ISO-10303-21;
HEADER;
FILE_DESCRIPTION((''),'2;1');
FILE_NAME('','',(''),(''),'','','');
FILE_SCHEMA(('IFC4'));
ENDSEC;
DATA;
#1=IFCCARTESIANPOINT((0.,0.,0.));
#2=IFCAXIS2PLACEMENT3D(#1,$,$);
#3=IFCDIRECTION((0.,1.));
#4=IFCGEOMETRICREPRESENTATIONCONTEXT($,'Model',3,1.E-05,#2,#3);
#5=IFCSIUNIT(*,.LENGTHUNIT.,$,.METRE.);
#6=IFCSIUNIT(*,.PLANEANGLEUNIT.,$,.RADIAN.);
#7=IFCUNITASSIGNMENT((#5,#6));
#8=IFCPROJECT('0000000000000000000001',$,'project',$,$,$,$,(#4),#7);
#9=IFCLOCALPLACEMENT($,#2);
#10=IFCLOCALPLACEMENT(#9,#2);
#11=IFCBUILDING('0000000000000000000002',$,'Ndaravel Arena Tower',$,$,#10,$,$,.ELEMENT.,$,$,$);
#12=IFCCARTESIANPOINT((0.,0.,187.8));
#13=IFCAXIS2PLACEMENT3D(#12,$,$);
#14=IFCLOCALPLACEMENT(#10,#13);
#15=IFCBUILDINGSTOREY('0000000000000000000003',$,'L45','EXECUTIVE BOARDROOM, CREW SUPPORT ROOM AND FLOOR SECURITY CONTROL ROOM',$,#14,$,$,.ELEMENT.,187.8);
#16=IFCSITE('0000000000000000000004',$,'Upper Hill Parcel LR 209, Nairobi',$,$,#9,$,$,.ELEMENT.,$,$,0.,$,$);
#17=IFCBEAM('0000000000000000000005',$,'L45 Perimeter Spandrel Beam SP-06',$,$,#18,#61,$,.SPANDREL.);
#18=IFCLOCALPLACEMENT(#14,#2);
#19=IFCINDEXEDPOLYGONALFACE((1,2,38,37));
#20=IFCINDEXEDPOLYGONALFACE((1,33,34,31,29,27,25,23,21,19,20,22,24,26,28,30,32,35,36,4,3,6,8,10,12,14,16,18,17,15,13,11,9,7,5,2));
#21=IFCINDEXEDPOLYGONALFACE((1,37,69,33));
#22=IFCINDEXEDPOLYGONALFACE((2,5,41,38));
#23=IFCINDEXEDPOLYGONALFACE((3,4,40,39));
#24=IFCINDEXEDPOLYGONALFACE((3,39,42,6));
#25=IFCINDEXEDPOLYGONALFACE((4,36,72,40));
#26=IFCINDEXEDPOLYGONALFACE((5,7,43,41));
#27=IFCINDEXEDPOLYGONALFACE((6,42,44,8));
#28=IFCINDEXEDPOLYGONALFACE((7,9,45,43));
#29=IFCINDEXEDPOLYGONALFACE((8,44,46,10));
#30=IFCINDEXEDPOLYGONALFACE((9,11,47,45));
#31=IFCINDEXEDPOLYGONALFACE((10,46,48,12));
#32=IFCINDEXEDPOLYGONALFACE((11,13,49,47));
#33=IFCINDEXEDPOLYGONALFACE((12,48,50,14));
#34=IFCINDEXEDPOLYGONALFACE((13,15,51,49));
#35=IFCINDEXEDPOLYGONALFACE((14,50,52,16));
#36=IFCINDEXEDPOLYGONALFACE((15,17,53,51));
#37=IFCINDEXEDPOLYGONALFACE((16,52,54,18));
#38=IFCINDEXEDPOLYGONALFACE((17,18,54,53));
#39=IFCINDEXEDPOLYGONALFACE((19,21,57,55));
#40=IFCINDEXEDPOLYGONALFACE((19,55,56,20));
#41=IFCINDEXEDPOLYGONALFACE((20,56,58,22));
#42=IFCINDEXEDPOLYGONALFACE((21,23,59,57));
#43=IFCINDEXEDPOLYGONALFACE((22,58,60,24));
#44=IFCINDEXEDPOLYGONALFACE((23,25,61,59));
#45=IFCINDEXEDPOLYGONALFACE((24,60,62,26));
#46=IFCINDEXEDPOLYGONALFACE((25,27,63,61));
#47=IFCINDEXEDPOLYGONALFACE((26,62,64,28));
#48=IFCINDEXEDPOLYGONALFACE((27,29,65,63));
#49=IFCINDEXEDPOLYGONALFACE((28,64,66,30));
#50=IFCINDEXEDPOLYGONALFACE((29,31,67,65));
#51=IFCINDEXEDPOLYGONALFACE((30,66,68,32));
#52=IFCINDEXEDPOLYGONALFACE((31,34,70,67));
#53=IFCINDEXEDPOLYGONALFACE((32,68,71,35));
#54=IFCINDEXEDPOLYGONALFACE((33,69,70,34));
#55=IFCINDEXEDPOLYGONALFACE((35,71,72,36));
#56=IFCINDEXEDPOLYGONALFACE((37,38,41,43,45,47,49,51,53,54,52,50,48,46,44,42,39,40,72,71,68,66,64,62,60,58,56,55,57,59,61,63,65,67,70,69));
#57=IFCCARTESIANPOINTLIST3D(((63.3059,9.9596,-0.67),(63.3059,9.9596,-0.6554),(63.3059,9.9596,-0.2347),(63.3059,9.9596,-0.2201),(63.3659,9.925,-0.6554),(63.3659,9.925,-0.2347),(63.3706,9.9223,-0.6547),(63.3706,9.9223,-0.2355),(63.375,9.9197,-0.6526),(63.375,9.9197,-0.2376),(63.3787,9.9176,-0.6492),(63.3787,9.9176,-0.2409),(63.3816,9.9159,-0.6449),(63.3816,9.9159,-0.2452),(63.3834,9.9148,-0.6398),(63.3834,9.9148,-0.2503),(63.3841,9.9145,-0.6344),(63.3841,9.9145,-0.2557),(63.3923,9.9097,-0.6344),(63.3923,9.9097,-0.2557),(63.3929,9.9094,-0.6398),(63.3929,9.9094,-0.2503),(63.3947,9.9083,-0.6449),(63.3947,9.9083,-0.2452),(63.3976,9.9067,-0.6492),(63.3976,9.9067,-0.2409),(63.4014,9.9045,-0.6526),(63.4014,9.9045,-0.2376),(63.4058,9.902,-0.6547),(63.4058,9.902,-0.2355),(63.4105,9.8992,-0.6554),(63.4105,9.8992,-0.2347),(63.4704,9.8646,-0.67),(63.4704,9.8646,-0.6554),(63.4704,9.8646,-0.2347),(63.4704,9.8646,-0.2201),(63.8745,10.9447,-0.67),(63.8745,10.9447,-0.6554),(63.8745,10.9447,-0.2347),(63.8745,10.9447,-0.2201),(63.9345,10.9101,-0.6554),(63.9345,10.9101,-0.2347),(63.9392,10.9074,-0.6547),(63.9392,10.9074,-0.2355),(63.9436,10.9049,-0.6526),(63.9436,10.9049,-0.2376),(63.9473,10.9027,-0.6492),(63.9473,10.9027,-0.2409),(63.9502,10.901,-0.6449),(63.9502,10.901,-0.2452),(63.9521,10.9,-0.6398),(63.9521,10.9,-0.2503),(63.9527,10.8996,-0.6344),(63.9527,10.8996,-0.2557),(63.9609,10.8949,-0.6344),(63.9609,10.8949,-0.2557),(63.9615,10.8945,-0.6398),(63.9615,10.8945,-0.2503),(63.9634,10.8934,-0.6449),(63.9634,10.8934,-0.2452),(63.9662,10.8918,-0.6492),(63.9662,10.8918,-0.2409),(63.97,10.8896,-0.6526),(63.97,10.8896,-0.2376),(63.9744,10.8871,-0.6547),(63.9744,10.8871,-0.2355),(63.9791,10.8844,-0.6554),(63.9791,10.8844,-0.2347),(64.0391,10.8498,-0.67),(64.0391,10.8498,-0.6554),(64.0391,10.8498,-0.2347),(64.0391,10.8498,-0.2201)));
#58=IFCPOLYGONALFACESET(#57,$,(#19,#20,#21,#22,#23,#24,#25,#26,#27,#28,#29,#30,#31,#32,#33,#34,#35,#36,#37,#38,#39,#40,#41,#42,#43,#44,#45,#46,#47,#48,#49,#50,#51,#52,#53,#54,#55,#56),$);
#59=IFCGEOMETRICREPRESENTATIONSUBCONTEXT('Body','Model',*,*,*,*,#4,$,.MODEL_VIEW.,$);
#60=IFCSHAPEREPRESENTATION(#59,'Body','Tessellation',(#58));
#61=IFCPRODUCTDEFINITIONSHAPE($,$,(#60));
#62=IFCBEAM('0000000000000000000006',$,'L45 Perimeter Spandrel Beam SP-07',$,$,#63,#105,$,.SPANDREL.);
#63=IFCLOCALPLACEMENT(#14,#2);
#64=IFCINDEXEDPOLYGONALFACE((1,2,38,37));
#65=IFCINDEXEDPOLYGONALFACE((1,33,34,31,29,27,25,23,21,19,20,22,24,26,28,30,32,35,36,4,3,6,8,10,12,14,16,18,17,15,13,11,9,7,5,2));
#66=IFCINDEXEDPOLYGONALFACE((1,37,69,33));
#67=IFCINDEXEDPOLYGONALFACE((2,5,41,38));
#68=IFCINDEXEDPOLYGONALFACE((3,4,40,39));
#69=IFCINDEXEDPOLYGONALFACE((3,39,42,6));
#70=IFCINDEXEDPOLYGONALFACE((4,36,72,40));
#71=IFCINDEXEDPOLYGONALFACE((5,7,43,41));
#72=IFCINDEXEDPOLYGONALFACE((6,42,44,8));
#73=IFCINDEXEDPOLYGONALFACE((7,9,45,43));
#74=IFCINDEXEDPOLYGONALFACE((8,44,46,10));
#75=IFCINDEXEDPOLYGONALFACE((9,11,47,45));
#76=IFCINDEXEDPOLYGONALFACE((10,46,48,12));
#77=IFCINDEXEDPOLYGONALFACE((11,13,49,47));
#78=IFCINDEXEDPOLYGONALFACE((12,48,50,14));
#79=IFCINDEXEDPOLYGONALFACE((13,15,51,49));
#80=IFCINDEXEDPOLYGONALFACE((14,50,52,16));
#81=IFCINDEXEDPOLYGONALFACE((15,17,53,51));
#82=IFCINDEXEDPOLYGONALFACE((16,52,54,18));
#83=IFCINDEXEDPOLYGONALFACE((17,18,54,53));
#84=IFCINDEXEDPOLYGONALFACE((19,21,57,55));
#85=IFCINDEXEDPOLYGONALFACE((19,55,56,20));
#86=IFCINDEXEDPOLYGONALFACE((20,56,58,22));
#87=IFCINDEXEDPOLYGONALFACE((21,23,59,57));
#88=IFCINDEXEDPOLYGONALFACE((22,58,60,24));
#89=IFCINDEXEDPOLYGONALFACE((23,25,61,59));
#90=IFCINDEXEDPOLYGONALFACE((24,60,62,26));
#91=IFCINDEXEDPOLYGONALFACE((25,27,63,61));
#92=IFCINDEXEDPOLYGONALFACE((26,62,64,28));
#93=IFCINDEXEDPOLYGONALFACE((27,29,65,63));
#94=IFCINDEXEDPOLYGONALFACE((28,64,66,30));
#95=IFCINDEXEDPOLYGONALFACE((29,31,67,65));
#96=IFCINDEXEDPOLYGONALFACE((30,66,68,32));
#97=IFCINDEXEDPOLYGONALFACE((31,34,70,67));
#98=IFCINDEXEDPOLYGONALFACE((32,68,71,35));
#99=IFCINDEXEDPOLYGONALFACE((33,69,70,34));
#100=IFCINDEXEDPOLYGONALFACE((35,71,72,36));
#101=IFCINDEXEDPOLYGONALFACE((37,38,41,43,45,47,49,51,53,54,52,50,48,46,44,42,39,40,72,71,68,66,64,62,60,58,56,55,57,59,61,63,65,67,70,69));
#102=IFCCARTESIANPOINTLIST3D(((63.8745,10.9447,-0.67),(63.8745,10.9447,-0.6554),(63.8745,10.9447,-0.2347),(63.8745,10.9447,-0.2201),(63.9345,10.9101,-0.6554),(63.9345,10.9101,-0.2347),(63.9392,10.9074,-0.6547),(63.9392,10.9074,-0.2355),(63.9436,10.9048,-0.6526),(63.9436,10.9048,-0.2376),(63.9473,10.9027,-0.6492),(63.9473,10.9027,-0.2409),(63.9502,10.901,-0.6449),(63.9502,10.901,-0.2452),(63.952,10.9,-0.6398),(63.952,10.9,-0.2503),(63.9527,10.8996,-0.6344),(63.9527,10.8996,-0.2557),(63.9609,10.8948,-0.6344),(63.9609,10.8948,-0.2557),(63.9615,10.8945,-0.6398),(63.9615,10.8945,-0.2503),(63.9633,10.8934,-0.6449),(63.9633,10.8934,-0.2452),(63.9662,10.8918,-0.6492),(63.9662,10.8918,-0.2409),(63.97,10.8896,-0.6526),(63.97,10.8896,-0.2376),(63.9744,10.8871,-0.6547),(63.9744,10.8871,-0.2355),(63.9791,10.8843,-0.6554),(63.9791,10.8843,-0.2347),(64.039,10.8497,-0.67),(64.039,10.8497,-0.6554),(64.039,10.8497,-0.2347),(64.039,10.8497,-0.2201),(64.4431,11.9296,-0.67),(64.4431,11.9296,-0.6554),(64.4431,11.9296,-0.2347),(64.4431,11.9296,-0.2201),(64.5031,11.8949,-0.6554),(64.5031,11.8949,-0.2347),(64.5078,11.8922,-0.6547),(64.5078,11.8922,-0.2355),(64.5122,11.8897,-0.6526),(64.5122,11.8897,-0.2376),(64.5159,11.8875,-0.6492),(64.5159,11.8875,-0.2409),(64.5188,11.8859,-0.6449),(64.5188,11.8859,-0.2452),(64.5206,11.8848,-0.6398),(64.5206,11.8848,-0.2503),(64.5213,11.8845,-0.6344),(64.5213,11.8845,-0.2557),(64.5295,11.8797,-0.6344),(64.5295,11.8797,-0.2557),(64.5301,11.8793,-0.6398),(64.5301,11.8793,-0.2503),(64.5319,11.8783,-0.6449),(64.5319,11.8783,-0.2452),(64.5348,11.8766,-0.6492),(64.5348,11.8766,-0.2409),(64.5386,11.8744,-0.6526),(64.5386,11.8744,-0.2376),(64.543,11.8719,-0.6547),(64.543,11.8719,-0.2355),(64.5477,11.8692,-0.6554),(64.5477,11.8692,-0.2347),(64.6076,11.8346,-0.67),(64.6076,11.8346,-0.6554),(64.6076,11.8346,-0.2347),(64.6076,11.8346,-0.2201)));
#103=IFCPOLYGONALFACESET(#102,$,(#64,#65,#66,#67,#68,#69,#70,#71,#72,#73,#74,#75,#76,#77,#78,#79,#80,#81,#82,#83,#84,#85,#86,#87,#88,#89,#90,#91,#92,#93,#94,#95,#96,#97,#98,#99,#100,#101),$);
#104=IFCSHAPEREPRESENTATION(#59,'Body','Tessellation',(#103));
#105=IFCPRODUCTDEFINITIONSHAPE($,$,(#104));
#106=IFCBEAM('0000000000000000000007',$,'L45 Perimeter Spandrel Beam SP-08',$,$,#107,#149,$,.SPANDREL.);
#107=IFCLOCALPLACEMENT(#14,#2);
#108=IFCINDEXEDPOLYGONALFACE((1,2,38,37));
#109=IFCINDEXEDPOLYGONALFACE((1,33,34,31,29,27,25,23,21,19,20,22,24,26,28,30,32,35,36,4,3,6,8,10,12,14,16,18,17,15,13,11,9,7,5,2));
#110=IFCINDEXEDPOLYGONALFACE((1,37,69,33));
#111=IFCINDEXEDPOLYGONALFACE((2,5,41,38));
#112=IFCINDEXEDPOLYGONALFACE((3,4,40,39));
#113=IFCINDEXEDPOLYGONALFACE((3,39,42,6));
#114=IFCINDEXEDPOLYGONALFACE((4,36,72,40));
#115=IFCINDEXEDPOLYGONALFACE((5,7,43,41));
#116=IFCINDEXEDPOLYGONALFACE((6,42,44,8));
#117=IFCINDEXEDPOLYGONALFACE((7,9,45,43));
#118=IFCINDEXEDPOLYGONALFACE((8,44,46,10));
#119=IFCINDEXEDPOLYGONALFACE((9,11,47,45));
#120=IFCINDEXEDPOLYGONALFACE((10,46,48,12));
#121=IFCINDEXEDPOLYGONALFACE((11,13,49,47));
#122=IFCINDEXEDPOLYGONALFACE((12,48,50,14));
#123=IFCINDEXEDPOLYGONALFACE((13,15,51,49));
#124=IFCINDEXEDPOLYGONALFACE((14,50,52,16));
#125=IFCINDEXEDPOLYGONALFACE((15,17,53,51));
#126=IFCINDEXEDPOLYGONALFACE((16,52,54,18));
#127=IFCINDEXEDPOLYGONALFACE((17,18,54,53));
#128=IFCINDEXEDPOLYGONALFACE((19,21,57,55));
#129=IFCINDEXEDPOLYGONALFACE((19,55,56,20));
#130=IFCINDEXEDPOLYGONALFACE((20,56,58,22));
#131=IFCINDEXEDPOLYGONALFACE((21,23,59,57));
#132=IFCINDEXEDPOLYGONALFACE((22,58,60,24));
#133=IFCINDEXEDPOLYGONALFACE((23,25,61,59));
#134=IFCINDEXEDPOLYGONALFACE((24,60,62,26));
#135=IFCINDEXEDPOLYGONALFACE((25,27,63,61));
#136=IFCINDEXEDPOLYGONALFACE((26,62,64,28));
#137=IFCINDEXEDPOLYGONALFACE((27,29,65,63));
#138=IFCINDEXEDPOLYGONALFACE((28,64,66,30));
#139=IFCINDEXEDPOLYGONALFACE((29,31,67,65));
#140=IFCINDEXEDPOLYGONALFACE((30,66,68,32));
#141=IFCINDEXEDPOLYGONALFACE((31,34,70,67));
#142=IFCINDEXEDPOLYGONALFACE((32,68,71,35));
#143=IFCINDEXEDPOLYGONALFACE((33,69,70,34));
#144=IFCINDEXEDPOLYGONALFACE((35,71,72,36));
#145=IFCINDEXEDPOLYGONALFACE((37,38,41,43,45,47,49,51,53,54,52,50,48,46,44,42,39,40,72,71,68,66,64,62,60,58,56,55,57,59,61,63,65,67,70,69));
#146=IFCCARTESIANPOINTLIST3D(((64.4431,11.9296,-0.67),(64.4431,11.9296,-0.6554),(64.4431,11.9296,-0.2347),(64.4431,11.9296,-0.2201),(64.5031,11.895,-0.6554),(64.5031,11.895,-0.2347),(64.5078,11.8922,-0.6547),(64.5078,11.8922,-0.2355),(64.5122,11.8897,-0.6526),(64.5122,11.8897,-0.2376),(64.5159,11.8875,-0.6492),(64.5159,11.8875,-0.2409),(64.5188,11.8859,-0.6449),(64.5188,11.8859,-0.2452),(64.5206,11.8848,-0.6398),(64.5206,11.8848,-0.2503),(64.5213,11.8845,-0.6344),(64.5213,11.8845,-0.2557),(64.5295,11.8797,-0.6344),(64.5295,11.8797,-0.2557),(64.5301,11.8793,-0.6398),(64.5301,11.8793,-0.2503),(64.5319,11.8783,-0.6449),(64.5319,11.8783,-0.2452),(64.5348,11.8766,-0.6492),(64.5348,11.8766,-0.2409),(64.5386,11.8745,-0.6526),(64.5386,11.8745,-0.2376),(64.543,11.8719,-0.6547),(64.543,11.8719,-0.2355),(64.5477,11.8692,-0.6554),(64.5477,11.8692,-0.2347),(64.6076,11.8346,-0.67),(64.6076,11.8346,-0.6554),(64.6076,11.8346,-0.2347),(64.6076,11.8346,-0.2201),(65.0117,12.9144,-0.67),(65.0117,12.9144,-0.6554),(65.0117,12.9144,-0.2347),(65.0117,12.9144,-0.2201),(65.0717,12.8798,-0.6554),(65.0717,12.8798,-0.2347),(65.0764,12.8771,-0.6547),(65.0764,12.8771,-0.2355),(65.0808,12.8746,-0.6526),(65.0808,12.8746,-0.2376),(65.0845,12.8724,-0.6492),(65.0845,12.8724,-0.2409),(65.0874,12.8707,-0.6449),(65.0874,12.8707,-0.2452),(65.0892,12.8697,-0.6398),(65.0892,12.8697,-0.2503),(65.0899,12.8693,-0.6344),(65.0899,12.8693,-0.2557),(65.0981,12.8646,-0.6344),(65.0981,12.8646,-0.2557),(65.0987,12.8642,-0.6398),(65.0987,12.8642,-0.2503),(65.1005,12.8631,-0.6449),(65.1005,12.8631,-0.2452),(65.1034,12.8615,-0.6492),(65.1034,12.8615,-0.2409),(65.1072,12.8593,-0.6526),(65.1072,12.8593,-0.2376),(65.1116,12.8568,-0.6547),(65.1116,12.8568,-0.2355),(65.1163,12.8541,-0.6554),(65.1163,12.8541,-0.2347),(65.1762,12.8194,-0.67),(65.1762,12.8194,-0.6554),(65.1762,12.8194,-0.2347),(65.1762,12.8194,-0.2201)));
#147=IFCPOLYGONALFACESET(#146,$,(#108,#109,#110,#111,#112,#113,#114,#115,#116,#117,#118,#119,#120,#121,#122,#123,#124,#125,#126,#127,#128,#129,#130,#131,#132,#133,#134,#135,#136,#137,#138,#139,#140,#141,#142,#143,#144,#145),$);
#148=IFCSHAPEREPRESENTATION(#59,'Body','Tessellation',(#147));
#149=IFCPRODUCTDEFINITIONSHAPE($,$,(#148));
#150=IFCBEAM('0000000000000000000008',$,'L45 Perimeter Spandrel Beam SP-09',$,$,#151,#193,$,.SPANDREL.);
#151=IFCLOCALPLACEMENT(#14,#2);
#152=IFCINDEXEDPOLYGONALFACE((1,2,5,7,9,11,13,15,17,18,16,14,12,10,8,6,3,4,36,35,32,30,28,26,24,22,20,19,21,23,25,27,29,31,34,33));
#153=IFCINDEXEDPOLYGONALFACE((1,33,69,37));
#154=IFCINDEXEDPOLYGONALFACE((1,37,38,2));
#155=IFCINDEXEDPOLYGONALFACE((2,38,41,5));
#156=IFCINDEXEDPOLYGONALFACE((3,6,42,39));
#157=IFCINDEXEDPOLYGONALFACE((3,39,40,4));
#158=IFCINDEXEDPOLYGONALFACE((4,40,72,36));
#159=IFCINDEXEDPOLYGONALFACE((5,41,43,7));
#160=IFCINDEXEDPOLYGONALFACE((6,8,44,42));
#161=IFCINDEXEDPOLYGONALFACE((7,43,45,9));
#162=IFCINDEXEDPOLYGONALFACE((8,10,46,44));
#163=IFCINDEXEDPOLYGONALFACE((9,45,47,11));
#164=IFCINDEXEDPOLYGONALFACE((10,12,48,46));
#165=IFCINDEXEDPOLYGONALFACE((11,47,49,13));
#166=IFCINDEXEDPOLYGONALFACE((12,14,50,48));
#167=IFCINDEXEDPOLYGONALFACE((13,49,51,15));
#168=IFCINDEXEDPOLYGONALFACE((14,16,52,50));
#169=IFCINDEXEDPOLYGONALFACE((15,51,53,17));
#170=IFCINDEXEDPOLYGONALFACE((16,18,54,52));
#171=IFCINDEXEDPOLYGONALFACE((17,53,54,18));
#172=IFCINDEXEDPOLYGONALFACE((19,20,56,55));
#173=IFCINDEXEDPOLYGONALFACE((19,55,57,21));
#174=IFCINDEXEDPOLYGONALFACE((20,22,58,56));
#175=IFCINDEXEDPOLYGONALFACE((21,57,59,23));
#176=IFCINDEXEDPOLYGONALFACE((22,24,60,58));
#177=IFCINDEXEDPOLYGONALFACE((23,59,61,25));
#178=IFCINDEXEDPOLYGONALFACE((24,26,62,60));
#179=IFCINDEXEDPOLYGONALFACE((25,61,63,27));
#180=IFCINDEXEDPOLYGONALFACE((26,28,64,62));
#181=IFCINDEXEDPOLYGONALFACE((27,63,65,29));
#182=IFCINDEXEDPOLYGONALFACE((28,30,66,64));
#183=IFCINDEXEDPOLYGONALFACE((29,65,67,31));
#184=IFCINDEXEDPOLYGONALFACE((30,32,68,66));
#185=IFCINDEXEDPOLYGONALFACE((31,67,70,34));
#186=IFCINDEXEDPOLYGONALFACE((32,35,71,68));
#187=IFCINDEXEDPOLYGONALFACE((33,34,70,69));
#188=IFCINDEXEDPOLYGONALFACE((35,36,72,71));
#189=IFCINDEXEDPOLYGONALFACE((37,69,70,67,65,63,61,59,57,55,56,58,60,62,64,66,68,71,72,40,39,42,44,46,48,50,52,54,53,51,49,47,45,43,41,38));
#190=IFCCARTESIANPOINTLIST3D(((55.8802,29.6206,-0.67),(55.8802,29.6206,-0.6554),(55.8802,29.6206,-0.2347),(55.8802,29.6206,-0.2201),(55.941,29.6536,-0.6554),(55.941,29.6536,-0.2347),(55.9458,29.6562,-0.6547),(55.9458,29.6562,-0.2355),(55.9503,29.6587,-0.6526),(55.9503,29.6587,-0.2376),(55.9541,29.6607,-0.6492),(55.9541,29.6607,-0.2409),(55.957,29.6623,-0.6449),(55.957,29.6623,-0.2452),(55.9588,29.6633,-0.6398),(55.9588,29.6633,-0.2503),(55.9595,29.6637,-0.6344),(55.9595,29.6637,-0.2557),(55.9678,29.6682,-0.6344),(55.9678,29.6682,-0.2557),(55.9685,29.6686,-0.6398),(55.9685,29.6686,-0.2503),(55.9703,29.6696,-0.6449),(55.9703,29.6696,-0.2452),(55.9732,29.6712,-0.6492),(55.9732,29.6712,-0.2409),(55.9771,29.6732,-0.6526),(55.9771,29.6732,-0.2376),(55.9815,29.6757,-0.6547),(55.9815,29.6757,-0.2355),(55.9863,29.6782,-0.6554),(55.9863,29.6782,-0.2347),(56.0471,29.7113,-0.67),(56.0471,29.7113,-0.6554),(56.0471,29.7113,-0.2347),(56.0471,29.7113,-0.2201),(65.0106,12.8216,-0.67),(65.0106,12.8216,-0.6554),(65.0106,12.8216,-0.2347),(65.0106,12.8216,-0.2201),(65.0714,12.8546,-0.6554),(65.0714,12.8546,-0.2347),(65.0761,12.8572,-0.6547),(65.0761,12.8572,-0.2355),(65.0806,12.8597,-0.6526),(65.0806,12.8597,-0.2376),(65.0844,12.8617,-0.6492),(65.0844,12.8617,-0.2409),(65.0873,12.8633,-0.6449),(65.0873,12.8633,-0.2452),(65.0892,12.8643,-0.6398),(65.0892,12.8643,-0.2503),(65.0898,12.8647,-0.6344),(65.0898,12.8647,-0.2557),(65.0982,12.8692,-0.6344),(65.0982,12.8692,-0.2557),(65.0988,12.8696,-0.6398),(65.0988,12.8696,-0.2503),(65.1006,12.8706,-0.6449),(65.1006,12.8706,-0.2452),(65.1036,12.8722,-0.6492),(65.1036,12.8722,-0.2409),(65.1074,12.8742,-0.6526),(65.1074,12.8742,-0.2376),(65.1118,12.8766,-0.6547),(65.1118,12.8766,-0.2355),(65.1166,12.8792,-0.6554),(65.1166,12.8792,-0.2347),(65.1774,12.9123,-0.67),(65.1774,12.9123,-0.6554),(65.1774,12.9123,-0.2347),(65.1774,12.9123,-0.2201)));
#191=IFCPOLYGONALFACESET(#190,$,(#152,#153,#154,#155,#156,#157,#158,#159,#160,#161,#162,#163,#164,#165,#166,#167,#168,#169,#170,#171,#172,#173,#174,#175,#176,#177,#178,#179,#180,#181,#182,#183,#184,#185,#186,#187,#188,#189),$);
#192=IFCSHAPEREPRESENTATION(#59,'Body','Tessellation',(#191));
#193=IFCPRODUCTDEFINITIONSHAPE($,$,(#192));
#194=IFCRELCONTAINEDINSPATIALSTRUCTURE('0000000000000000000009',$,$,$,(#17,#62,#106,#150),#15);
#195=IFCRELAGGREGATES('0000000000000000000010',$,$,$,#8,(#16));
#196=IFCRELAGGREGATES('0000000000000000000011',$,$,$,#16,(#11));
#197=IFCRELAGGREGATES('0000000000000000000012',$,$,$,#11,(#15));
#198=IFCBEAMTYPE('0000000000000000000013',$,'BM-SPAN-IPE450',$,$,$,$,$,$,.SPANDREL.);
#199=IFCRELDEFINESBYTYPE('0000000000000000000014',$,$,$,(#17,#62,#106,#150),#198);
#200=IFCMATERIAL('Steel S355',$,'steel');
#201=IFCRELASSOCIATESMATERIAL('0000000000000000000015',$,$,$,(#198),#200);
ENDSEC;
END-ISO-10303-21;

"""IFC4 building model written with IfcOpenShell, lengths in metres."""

from ifc_helpers import new_model, si_unit, direction, frame, origin, origin_2d, place, context, subcontext, project, spatial, i_section, extrude, material, material_profile, profile_set, type_object, element, save


model = new_model("IFC4")

# Units and contexts
model_context = context("Model", 3, precision=1e-05, world=origin(), true_north=direction((0.0, 1.0)))
body_context = subcontext(model_context, "Body", "Model", "MODEL_VIEW")
ifc_project = project(units=[si_unit("LENGTHUNIT", "METRE"), si_unit("PLANEANGLEUNIT", "RADIAN")], contexts=[model_context])

# Site, building, storey
site_placement = place(None, origin())
site = spatial("IfcSite", under=ifc_project, at=site_placement, Name="Upper Hill Parcel LR 209, Nairobi", CompositionType="ELEMENT", RefElevation=0.0)
building_placement = place(site_placement, origin())
building = spatial("IfcBuilding", under=site, at=building_placement, Name="Ndaravel Arena Tower", CompositionType="ELEMENT")
storey_placement = place(building_placement, frame((0.0, 0.0, 187.8)))
storey = spatial("IfcBuildingStorey", under=building, at=storey_placement, Name="L45", Description="EXECUTIVE BOARDROOM, CREW SUPPORT ROOM AND FLOOR SECURITY CONTROL ROOM", CompositionType="ELEMENT", Elevation=187.8)

# Beams
ifc_material_1 = material(Name="Steel S355", Category="steel")
ifc_material_profile_1 = material_profile(ifc_material_1, i_section(OverallWidth=0.1899, OverallDepth=0.45, WebThickness=0.0095, FlangeThickness=0.0146, FilletRadius=0.021, at=origin_2d()), Name="IPE 450")
ifc_profile_set_1 = profile_set([ifc_material_profile_1], Name="Steel S355")
beam_type = type_object("IfcBeamType", Name="BM-SPAN-IPE450", PredefinedType="SPANDREL", material=ifc_profile_set_1)
for number, where, z_axis, x_axis, name in (
    (1, (63.3882, 9.9121, -0.4451), (0.499902, 0.866082, 0.0), (-0.866082, 0.499902, 0.0), "L45 Perimeter Spandrel Beam SP-06"),
):
    element("IfcBeam", number, at=place(storey_placement, frame(where, z_axis=z_axis, x_axis=x_axis)), inside=storey, type_object=beam_type, Name=name, PredefinedType="SPANDREL", context=body_context, shape_type="SweptSolid", body=[
        extrude(i_section(OverallWidth=0.1899, OverallDepth=0.45, WebThickness=0.0095, FlangeThickness=0.0146, FilletRadius=0.021, at=origin_2d()), origin(), (0.0, 0.0, 1.0), 1.1375),
    ])
for number, where, z_axis, x_axis, name in (
    (2, (63.9568, 10.8972, -0.4451), (0.499995, 0.866028, 0.0), (-0.866028, 0.499995, 0.0), "L45 Perimeter Spandrel Beam SP-07"),
    (3, (64.5254, 11.8821, -0.4451), (0.499995, 0.866028, 0.0), (-0.866028, 0.499995, 0.0), "L45 Perimeter Spandrel Beam SP-08"),
):
    element("IfcBeam", number, at=place(storey_placement, frame(where, z_axis=z_axis, x_axis=x_axis)), inside=storey, type_object=beam_type, Name=name, PredefinedType="SPANDREL", context=body_context, shape_type="SweptSolid", body=[
        extrude(i_section(OverallWidth=0.1899, OverallDepth=0.45, WebThickness=0.0095, FlangeThickness=0.0146, FilletRadius=0.021, at=origin_2d()), origin(), (0.0, 0.0, 1.0), 1.1372),
    ])
beam_1_placement = place(storey_placement, frame((65.094, 12.8669, -0.4451), z_axis=(-0.477531, 0.878615, 0.0), x_axis=(-0.878615, -0.477531, 0.0)))
element("IfcBeam", 4, at=beam_1_placement, inside=storey, type_object=beam_type, Name="L45 Perimeter Spandrel Beam SP-09", PredefinedType="SPANDREL", context=body_context, shape_type="SweptSolid", body=[
    extrude(i_section(OverallWidth=0.1899, OverallDepth=0.45, WebThickness=0.0095, FlangeThickness=0.0146, FilletRadius=0.021, at=origin_2d()), origin(), (0.0, 0.0, 1.0), 19.1199),
])

save(model, "model.ifc")
